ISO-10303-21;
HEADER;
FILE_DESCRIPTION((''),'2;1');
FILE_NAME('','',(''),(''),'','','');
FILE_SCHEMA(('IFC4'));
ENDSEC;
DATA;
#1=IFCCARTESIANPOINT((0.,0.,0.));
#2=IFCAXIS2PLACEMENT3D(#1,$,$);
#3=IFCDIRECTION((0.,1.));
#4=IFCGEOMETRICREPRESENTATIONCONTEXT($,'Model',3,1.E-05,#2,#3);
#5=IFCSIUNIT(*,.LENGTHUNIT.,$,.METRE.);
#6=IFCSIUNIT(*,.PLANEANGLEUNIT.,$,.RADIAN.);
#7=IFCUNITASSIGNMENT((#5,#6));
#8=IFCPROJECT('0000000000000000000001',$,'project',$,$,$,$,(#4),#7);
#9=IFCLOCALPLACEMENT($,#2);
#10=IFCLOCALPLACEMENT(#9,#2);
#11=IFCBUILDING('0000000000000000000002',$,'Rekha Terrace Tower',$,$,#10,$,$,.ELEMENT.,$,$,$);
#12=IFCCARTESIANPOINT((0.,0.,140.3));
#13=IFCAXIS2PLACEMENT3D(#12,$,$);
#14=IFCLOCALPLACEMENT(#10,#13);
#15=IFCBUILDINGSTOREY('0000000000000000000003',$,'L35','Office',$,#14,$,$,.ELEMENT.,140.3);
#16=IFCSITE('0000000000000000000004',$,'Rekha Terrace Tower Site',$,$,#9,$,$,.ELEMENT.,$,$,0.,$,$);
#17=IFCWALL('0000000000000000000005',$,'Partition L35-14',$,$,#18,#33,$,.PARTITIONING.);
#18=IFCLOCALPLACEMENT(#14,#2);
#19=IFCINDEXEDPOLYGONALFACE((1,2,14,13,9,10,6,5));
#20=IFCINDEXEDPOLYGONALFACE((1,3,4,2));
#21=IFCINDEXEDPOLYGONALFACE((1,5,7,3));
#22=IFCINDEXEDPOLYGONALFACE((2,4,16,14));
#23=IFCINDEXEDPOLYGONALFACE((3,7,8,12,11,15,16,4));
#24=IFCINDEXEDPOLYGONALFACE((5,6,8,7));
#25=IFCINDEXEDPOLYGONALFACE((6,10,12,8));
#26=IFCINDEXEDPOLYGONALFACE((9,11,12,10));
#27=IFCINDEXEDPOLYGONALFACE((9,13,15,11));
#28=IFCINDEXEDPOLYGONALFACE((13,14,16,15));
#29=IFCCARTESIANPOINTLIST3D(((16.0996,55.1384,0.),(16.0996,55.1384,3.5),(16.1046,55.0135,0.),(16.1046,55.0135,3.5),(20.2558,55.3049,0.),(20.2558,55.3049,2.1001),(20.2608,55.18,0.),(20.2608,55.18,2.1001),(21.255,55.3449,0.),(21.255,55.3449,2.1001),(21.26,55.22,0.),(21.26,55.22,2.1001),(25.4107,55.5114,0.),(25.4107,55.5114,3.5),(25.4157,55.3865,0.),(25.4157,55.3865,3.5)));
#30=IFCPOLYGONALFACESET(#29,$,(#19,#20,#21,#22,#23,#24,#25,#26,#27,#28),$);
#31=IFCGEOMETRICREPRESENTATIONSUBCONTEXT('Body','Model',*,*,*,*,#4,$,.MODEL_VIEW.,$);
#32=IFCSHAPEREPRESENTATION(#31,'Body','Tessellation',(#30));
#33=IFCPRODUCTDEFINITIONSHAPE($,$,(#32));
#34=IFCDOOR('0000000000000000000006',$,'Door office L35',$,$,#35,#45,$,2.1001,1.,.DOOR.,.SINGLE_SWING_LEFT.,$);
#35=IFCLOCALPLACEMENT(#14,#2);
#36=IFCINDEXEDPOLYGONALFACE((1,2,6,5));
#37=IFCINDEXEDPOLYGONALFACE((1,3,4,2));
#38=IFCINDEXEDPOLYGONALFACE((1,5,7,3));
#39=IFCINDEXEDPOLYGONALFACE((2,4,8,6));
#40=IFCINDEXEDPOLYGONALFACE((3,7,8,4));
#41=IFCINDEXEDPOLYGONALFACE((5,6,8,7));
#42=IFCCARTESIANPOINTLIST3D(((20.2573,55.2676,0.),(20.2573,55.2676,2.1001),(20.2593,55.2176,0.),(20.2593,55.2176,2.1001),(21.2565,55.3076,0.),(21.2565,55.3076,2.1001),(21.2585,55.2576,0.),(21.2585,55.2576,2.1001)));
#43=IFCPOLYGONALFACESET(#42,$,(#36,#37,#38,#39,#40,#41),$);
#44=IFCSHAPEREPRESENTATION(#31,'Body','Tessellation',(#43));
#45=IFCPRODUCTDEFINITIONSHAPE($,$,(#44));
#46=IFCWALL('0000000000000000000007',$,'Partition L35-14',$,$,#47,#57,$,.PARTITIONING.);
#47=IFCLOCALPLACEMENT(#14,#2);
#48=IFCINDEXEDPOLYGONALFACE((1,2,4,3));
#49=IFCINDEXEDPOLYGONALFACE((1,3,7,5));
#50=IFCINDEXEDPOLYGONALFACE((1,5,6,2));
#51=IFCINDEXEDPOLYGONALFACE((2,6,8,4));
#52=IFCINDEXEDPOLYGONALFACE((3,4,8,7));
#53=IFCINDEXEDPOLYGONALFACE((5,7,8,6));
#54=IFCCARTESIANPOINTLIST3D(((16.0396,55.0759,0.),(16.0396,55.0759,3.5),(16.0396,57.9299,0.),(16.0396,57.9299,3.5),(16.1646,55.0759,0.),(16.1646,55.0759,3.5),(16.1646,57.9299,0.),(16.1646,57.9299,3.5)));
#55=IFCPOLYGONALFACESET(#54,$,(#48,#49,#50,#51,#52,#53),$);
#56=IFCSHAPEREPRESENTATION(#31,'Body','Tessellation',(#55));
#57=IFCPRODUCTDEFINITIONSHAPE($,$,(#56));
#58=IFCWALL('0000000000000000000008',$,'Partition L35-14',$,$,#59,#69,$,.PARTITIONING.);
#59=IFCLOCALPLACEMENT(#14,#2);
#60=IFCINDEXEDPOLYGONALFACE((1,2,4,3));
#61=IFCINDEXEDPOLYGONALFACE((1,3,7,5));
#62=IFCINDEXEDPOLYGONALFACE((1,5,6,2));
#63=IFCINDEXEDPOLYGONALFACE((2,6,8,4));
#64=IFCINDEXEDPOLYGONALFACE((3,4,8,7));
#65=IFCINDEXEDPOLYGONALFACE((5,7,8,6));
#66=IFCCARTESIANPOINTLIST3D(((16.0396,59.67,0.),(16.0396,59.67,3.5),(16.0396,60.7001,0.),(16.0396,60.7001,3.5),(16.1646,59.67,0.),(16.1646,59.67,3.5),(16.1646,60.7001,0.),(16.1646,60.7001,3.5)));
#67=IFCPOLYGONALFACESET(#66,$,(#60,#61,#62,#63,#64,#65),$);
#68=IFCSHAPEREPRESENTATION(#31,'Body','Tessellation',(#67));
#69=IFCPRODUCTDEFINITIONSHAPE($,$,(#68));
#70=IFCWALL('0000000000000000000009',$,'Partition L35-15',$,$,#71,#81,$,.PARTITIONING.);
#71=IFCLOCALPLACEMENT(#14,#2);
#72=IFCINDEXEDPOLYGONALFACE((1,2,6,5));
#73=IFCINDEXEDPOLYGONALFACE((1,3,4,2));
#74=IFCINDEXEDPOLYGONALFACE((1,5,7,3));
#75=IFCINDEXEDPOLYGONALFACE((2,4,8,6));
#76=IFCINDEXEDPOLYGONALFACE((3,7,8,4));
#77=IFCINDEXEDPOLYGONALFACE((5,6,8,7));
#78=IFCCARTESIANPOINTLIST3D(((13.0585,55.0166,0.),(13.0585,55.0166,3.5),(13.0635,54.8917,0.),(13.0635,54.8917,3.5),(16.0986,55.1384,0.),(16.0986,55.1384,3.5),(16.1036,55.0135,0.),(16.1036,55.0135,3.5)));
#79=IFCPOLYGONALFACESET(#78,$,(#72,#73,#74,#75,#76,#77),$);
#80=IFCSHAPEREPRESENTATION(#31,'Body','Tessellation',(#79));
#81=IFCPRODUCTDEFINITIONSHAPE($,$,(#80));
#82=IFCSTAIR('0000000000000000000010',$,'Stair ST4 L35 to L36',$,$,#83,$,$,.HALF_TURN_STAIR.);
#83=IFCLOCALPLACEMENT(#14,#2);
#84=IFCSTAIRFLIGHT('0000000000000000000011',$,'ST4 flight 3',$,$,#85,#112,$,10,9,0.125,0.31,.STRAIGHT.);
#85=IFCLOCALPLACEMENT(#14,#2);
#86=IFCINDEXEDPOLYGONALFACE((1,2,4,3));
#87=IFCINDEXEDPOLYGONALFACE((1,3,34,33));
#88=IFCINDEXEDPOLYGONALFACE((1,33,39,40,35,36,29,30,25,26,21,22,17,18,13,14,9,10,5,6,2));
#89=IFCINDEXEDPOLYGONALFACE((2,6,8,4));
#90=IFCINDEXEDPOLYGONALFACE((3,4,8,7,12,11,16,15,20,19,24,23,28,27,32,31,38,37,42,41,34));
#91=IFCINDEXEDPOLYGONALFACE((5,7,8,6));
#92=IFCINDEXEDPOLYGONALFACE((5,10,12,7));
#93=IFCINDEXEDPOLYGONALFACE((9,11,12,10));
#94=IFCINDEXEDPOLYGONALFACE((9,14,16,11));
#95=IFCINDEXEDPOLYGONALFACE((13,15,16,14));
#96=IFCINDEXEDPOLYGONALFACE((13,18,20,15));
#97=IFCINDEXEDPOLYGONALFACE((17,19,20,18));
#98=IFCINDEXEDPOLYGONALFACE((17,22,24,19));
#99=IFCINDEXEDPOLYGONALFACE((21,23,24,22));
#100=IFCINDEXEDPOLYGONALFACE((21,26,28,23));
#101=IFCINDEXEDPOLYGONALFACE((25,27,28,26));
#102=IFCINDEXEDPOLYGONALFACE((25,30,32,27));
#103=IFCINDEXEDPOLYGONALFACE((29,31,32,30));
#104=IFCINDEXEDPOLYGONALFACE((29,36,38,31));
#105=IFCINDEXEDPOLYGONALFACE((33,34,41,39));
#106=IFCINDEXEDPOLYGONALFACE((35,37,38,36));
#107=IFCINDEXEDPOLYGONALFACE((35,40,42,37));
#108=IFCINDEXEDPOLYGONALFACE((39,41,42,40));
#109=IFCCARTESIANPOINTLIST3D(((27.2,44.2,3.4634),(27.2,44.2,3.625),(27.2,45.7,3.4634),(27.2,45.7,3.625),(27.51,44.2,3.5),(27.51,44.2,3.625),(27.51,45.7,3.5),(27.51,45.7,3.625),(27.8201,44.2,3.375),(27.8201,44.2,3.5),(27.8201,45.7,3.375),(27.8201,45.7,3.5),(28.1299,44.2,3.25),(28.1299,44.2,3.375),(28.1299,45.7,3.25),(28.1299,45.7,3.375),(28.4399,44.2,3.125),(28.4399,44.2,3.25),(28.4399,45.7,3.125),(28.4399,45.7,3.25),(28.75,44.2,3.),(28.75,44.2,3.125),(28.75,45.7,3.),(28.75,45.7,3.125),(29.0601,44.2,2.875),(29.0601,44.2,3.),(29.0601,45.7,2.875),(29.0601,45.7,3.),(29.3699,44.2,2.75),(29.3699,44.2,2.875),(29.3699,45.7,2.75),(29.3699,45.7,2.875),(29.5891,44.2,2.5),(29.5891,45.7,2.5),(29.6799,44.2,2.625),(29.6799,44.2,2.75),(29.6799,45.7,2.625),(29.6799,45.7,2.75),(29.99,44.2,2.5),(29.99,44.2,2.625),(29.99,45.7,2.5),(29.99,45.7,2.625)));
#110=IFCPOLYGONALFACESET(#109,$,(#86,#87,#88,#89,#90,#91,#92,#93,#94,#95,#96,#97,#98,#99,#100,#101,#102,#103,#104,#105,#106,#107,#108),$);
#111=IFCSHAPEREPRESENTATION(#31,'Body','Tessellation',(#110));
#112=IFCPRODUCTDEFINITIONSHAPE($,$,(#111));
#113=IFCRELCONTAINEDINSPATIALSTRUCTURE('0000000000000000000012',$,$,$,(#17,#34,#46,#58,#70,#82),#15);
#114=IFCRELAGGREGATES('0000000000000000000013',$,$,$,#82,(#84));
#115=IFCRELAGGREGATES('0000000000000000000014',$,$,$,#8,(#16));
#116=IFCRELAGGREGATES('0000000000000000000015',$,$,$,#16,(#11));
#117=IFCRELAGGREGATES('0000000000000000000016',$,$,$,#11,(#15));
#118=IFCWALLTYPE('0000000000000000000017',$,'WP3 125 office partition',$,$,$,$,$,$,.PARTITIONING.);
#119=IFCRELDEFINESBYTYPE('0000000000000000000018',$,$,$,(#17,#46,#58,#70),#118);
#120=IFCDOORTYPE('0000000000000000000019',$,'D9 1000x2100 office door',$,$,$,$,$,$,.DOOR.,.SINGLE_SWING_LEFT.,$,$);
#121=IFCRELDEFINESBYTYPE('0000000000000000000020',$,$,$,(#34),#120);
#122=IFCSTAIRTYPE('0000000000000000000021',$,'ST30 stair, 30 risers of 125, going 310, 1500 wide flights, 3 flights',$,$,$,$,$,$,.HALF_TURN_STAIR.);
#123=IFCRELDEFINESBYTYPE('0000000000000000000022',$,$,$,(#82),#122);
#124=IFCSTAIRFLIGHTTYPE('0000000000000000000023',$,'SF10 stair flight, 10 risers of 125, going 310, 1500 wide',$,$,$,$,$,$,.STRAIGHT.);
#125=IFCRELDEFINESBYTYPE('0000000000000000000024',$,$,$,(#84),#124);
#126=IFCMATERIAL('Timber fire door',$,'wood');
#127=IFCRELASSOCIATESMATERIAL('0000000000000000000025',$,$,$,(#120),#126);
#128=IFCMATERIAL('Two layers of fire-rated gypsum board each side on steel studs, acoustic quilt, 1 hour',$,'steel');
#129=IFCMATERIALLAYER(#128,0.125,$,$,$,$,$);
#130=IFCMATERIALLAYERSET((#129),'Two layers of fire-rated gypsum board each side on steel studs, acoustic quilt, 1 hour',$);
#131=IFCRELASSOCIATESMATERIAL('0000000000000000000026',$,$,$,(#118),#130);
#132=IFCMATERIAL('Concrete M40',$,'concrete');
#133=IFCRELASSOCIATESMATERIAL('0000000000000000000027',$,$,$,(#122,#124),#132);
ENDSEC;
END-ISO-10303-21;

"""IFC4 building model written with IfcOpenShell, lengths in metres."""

from ifc_helpers import new_model, si_unit, direction, frame, frame_2d, origin, place, context, subcontext, project, spatial, polyline, rectangle, outline, extrude, material, layer, layer_set, type_object, element, fill, aggregate, save


model = new_model("IFC4")

# Units and contexts
model_context = context("Model", 3, precision=1e-05, world=origin(), true_north=direction((0.0, 1.0)))
body_context = subcontext(model_context, "Body", "Model", "MODEL_VIEW")
ifc_project = project(units=[si_unit("LENGTHUNIT", "METRE"), si_unit("PLANEANGLEUNIT", "RADIAN")], contexts=[model_context])

# Site, building, storey
site_placement = place(None, origin())
site = spatial("IfcSite", under=ifc_project, at=site_placement, Name="Rekha Terrace Tower Site", CompositionType="ELEMENT", RefElevation=0.0)
building_placement = place(site_placement, origin())
building = spatial("IfcBuilding", under=site, at=building_placement, Name="Rekha Terrace Tower", CompositionType="ELEMENT")
storey_placement = place(building_placement, frame((0.0, 0.0, 140.3)))
storey = spatial("IfcBuildingStorey", under=building, at=storey_placement, Name="L35", Description="Office", CompositionType="ELEMENT", Elevation=140.3)

# Shared definitions
ifc_material_1 = material(Name="Timber fire door", Category="wood")
door_type_1 = type_object("IfcDoorType", Name="D9 1000x2100 office door", OperationType="SINGLE_SWING_LEFT", PredefinedType="DOOR", material=ifc_material_1)

# Shared definitions
ifc_material_2 = material(Name="Two layers of fire-rated gypsum board each side on steel studs, acoustic quilt, 1 hour", Category="steel")
ifc_layer_1 = layer(ifc_material_2, 0.125)
ifc_layer_set_1 = layer_set([ifc_layer_1], Name="Two layers of fire-rated gypsum board each side on steel studs, acoustic quilt, 1 hour")
wall_type_1 = type_object("IfcWallType", Name="WP3 125 office partition", PredefinedType="PARTITIONING", material=ifc_layer_set_1)

# Wall, opening, door
wall_1_placement = place(storey_placement, frame((25.4131, 55.449, 0.0), z_axis=(0.0, 0.0, 1.0), x_axis=(-0.999198, -0.040033, 0.0)))
wall_1 = element("IfcWall", 1, at=wall_1_placement, inside=storey, type_object=wall_type_1, Name="Partition L35-14", PredefinedType="PARTITIONING", context=body_context, shape_type="SweptSolid", body=[
    extrude(rectangle(XDim=9.3186, YDim=0.125, at=frame_2d((4.6592, 0.0))), origin(), (0.0, 0.0, 1.0), 3.5),
])
opening_1_placement = place(wall_1_placement, frame((4.1589, 0.0, 0.0)))
opening_1 = element("IfcOpeningElement", 2, at=opening_1_placement, cuts=wall_1, PredefinedType="OPENING", context=body_context, shape_type="SweptSolid", body=[
    extrude(rectangle(XDim=1.0, YDim=2.1001, at=frame_2d((0.5, 1.05))), frame((0.0, 0.0725, 0.0), z_axis=(0.0, -1.0, 0.0), x_axis=(1.0, 0.0, 0.0)), (0.0, 0.0, 1.0), 0.145),
])
door_1_placement = place(opening_1_placement, origin())
door_1 = element("IfcDoor", 3, at=door_1_placement, inside=storey, type_object=door_type_1, Name="Door office L35", OperationType="SINGLE_SWING_LEFT", OverallHeight=2.1001, OverallWidth=1.0, PredefinedType="DOOR", context=body_context, shape_type="SweptSolid", body=[
    extrude(rectangle(XDim=1.0, YDim=2.1001, at=frame_2d((0.5, 1.05))), frame((0.0, 0.0249, 0.0), z_axis=(0.0, -1.0, 0.0), x_axis=(1.0, 0.0, 0.0)), (0.0, 0.0, 1.0), 0.05),
])
fill(opening_1, door_1)

# Walls
wall_2_placement = place(storey_placement, frame((16.1021, 55.0759, 0.0), z_axis=(0.0, 0.0, 1.0), x_axis=(0.0, 1.0, 0.0)))
element("IfcWall", 4, at=wall_2_placement, inside=storey, type_object=wall_type_1, Name="Partition L35-14", PredefinedType="PARTITIONING", context=body_context, shape_type="SweptSolid", body=[
    extrude(rectangle(XDim=2.854, YDim=0.125, at=frame_2d((1.427, 0.0))), origin(), (0.0, 0.0, 1.0), 3.5),
])
wall_3_placement = place(storey_placement, frame((16.1021, 59.6699, 0.0), z_axis=(0.0, 0.0, 1.0), x_axis=(0.0, 1.0, 0.0)))
element("IfcWall", 5, at=wall_3_placement, inside=storey, type_object=wall_type_1, Name="Partition L35-14", PredefinedType="PARTITIONING", context=body_context, shape_type="SweptSolid", body=[
    extrude(rectangle(XDim=1.03, YDim=0.125, at=frame_2d((0.5151, 0.0))), origin(), (0.0, 0.0, 1.0), 3.5),
])
wall_4_placement = place(storey_placement, frame((16.1011, 55.0759, 0.0), z_axis=(0.0, 0.0, 1.0), x_axis=(-0.999198, -0.040042, 0.0)))
element("IfcWall", 6, at=wall_4_placement, inside=storey, type_object=wall_type_1, Name="Partition L35-15", PredefinedType="PARTITIONING", context=body_context, shape_type="SweptSolid", body=[
    extrude(rectangle(XDim=3.0425, YDim=0.125, at=frame_2d((1.5212, 0.0))), origin(), (0.0, 0.0, 1.0), 3.5),
])

# Stair, stair flight
ifc_material_3 = material(Name="Concrete M40", Category="concrete")
stair_type = type_object("IfcStairType", Name="ST30 stair, 30 risers of 125, going 310, 1500 wide flights, 3 flights", PredefinedType="HALF_TURN_STAIR", material=ifc_material_3)
stair_placement = place(storey_placement, origin())
stair = element("IfcStair", 7, at=stair_placement, inside=storey, type_object=stair_type, Name="Stair ST4 L35 to L36", PredefinedType="HALF_TURN_STAIR")
stair_flight_type = type_object("IfcStairFlightType", Name="SF10 stair flight, 10 risers of 125, going 310, 1500 wide", PredefinedType="STRAIGHT", material=ifc_material_3)
stair_flight_placement = place(storey_placement, frame((29.99, 44.95, 2.5), z_axis=(0.0, 0.0, 1.0), x_axis=(-1.0, 0.0, 0.0)))
stair_flight = element("IfcStairFlight", 8, at=stair_flight_placement, type_object=stair_flight_type, Name="ST4 flight 3", NumberOfRisers=10, NumberOfTreads=9, PredefinedType="STRAIGHT", RiserHeight=0.125, TreadLength=0.31, context=body_context, shape_type="SweptSolid", body=[
    extrude(outline(polyline([(0.0, 0.0), (0.0, 0.125), (0.3101, 0.125), (0.3101, 0.25), (0.6201, 0.25), (0.6201, 0.375), (0.9299, 0.375), (0.9299, 0.5), (1.24, 0.5), (1.24, 0.625), (1.55, 0.625), (1.55, 0.75), (1.8601, 0.75), (1.8601, 0.875), (2.1699, 0.875), (2.1699, 1.0), (2.48, 1.0), (2.48, 1.125), (2.79, 1.125), (2.79, 1.25), (2.79, 0.9634), (0.4009, 0.0), (0.0, 0.0)])), frame((0.0, 0.75, 0.0), z_axis=(0.0, -1.0, 0.0), x_axis=(1.0, 0.0, 0.0)), (0.0, 0.0, 1.0), 1.5),
])
aggregate(stair, [stair_flight])

save(model, "model.ifc")
